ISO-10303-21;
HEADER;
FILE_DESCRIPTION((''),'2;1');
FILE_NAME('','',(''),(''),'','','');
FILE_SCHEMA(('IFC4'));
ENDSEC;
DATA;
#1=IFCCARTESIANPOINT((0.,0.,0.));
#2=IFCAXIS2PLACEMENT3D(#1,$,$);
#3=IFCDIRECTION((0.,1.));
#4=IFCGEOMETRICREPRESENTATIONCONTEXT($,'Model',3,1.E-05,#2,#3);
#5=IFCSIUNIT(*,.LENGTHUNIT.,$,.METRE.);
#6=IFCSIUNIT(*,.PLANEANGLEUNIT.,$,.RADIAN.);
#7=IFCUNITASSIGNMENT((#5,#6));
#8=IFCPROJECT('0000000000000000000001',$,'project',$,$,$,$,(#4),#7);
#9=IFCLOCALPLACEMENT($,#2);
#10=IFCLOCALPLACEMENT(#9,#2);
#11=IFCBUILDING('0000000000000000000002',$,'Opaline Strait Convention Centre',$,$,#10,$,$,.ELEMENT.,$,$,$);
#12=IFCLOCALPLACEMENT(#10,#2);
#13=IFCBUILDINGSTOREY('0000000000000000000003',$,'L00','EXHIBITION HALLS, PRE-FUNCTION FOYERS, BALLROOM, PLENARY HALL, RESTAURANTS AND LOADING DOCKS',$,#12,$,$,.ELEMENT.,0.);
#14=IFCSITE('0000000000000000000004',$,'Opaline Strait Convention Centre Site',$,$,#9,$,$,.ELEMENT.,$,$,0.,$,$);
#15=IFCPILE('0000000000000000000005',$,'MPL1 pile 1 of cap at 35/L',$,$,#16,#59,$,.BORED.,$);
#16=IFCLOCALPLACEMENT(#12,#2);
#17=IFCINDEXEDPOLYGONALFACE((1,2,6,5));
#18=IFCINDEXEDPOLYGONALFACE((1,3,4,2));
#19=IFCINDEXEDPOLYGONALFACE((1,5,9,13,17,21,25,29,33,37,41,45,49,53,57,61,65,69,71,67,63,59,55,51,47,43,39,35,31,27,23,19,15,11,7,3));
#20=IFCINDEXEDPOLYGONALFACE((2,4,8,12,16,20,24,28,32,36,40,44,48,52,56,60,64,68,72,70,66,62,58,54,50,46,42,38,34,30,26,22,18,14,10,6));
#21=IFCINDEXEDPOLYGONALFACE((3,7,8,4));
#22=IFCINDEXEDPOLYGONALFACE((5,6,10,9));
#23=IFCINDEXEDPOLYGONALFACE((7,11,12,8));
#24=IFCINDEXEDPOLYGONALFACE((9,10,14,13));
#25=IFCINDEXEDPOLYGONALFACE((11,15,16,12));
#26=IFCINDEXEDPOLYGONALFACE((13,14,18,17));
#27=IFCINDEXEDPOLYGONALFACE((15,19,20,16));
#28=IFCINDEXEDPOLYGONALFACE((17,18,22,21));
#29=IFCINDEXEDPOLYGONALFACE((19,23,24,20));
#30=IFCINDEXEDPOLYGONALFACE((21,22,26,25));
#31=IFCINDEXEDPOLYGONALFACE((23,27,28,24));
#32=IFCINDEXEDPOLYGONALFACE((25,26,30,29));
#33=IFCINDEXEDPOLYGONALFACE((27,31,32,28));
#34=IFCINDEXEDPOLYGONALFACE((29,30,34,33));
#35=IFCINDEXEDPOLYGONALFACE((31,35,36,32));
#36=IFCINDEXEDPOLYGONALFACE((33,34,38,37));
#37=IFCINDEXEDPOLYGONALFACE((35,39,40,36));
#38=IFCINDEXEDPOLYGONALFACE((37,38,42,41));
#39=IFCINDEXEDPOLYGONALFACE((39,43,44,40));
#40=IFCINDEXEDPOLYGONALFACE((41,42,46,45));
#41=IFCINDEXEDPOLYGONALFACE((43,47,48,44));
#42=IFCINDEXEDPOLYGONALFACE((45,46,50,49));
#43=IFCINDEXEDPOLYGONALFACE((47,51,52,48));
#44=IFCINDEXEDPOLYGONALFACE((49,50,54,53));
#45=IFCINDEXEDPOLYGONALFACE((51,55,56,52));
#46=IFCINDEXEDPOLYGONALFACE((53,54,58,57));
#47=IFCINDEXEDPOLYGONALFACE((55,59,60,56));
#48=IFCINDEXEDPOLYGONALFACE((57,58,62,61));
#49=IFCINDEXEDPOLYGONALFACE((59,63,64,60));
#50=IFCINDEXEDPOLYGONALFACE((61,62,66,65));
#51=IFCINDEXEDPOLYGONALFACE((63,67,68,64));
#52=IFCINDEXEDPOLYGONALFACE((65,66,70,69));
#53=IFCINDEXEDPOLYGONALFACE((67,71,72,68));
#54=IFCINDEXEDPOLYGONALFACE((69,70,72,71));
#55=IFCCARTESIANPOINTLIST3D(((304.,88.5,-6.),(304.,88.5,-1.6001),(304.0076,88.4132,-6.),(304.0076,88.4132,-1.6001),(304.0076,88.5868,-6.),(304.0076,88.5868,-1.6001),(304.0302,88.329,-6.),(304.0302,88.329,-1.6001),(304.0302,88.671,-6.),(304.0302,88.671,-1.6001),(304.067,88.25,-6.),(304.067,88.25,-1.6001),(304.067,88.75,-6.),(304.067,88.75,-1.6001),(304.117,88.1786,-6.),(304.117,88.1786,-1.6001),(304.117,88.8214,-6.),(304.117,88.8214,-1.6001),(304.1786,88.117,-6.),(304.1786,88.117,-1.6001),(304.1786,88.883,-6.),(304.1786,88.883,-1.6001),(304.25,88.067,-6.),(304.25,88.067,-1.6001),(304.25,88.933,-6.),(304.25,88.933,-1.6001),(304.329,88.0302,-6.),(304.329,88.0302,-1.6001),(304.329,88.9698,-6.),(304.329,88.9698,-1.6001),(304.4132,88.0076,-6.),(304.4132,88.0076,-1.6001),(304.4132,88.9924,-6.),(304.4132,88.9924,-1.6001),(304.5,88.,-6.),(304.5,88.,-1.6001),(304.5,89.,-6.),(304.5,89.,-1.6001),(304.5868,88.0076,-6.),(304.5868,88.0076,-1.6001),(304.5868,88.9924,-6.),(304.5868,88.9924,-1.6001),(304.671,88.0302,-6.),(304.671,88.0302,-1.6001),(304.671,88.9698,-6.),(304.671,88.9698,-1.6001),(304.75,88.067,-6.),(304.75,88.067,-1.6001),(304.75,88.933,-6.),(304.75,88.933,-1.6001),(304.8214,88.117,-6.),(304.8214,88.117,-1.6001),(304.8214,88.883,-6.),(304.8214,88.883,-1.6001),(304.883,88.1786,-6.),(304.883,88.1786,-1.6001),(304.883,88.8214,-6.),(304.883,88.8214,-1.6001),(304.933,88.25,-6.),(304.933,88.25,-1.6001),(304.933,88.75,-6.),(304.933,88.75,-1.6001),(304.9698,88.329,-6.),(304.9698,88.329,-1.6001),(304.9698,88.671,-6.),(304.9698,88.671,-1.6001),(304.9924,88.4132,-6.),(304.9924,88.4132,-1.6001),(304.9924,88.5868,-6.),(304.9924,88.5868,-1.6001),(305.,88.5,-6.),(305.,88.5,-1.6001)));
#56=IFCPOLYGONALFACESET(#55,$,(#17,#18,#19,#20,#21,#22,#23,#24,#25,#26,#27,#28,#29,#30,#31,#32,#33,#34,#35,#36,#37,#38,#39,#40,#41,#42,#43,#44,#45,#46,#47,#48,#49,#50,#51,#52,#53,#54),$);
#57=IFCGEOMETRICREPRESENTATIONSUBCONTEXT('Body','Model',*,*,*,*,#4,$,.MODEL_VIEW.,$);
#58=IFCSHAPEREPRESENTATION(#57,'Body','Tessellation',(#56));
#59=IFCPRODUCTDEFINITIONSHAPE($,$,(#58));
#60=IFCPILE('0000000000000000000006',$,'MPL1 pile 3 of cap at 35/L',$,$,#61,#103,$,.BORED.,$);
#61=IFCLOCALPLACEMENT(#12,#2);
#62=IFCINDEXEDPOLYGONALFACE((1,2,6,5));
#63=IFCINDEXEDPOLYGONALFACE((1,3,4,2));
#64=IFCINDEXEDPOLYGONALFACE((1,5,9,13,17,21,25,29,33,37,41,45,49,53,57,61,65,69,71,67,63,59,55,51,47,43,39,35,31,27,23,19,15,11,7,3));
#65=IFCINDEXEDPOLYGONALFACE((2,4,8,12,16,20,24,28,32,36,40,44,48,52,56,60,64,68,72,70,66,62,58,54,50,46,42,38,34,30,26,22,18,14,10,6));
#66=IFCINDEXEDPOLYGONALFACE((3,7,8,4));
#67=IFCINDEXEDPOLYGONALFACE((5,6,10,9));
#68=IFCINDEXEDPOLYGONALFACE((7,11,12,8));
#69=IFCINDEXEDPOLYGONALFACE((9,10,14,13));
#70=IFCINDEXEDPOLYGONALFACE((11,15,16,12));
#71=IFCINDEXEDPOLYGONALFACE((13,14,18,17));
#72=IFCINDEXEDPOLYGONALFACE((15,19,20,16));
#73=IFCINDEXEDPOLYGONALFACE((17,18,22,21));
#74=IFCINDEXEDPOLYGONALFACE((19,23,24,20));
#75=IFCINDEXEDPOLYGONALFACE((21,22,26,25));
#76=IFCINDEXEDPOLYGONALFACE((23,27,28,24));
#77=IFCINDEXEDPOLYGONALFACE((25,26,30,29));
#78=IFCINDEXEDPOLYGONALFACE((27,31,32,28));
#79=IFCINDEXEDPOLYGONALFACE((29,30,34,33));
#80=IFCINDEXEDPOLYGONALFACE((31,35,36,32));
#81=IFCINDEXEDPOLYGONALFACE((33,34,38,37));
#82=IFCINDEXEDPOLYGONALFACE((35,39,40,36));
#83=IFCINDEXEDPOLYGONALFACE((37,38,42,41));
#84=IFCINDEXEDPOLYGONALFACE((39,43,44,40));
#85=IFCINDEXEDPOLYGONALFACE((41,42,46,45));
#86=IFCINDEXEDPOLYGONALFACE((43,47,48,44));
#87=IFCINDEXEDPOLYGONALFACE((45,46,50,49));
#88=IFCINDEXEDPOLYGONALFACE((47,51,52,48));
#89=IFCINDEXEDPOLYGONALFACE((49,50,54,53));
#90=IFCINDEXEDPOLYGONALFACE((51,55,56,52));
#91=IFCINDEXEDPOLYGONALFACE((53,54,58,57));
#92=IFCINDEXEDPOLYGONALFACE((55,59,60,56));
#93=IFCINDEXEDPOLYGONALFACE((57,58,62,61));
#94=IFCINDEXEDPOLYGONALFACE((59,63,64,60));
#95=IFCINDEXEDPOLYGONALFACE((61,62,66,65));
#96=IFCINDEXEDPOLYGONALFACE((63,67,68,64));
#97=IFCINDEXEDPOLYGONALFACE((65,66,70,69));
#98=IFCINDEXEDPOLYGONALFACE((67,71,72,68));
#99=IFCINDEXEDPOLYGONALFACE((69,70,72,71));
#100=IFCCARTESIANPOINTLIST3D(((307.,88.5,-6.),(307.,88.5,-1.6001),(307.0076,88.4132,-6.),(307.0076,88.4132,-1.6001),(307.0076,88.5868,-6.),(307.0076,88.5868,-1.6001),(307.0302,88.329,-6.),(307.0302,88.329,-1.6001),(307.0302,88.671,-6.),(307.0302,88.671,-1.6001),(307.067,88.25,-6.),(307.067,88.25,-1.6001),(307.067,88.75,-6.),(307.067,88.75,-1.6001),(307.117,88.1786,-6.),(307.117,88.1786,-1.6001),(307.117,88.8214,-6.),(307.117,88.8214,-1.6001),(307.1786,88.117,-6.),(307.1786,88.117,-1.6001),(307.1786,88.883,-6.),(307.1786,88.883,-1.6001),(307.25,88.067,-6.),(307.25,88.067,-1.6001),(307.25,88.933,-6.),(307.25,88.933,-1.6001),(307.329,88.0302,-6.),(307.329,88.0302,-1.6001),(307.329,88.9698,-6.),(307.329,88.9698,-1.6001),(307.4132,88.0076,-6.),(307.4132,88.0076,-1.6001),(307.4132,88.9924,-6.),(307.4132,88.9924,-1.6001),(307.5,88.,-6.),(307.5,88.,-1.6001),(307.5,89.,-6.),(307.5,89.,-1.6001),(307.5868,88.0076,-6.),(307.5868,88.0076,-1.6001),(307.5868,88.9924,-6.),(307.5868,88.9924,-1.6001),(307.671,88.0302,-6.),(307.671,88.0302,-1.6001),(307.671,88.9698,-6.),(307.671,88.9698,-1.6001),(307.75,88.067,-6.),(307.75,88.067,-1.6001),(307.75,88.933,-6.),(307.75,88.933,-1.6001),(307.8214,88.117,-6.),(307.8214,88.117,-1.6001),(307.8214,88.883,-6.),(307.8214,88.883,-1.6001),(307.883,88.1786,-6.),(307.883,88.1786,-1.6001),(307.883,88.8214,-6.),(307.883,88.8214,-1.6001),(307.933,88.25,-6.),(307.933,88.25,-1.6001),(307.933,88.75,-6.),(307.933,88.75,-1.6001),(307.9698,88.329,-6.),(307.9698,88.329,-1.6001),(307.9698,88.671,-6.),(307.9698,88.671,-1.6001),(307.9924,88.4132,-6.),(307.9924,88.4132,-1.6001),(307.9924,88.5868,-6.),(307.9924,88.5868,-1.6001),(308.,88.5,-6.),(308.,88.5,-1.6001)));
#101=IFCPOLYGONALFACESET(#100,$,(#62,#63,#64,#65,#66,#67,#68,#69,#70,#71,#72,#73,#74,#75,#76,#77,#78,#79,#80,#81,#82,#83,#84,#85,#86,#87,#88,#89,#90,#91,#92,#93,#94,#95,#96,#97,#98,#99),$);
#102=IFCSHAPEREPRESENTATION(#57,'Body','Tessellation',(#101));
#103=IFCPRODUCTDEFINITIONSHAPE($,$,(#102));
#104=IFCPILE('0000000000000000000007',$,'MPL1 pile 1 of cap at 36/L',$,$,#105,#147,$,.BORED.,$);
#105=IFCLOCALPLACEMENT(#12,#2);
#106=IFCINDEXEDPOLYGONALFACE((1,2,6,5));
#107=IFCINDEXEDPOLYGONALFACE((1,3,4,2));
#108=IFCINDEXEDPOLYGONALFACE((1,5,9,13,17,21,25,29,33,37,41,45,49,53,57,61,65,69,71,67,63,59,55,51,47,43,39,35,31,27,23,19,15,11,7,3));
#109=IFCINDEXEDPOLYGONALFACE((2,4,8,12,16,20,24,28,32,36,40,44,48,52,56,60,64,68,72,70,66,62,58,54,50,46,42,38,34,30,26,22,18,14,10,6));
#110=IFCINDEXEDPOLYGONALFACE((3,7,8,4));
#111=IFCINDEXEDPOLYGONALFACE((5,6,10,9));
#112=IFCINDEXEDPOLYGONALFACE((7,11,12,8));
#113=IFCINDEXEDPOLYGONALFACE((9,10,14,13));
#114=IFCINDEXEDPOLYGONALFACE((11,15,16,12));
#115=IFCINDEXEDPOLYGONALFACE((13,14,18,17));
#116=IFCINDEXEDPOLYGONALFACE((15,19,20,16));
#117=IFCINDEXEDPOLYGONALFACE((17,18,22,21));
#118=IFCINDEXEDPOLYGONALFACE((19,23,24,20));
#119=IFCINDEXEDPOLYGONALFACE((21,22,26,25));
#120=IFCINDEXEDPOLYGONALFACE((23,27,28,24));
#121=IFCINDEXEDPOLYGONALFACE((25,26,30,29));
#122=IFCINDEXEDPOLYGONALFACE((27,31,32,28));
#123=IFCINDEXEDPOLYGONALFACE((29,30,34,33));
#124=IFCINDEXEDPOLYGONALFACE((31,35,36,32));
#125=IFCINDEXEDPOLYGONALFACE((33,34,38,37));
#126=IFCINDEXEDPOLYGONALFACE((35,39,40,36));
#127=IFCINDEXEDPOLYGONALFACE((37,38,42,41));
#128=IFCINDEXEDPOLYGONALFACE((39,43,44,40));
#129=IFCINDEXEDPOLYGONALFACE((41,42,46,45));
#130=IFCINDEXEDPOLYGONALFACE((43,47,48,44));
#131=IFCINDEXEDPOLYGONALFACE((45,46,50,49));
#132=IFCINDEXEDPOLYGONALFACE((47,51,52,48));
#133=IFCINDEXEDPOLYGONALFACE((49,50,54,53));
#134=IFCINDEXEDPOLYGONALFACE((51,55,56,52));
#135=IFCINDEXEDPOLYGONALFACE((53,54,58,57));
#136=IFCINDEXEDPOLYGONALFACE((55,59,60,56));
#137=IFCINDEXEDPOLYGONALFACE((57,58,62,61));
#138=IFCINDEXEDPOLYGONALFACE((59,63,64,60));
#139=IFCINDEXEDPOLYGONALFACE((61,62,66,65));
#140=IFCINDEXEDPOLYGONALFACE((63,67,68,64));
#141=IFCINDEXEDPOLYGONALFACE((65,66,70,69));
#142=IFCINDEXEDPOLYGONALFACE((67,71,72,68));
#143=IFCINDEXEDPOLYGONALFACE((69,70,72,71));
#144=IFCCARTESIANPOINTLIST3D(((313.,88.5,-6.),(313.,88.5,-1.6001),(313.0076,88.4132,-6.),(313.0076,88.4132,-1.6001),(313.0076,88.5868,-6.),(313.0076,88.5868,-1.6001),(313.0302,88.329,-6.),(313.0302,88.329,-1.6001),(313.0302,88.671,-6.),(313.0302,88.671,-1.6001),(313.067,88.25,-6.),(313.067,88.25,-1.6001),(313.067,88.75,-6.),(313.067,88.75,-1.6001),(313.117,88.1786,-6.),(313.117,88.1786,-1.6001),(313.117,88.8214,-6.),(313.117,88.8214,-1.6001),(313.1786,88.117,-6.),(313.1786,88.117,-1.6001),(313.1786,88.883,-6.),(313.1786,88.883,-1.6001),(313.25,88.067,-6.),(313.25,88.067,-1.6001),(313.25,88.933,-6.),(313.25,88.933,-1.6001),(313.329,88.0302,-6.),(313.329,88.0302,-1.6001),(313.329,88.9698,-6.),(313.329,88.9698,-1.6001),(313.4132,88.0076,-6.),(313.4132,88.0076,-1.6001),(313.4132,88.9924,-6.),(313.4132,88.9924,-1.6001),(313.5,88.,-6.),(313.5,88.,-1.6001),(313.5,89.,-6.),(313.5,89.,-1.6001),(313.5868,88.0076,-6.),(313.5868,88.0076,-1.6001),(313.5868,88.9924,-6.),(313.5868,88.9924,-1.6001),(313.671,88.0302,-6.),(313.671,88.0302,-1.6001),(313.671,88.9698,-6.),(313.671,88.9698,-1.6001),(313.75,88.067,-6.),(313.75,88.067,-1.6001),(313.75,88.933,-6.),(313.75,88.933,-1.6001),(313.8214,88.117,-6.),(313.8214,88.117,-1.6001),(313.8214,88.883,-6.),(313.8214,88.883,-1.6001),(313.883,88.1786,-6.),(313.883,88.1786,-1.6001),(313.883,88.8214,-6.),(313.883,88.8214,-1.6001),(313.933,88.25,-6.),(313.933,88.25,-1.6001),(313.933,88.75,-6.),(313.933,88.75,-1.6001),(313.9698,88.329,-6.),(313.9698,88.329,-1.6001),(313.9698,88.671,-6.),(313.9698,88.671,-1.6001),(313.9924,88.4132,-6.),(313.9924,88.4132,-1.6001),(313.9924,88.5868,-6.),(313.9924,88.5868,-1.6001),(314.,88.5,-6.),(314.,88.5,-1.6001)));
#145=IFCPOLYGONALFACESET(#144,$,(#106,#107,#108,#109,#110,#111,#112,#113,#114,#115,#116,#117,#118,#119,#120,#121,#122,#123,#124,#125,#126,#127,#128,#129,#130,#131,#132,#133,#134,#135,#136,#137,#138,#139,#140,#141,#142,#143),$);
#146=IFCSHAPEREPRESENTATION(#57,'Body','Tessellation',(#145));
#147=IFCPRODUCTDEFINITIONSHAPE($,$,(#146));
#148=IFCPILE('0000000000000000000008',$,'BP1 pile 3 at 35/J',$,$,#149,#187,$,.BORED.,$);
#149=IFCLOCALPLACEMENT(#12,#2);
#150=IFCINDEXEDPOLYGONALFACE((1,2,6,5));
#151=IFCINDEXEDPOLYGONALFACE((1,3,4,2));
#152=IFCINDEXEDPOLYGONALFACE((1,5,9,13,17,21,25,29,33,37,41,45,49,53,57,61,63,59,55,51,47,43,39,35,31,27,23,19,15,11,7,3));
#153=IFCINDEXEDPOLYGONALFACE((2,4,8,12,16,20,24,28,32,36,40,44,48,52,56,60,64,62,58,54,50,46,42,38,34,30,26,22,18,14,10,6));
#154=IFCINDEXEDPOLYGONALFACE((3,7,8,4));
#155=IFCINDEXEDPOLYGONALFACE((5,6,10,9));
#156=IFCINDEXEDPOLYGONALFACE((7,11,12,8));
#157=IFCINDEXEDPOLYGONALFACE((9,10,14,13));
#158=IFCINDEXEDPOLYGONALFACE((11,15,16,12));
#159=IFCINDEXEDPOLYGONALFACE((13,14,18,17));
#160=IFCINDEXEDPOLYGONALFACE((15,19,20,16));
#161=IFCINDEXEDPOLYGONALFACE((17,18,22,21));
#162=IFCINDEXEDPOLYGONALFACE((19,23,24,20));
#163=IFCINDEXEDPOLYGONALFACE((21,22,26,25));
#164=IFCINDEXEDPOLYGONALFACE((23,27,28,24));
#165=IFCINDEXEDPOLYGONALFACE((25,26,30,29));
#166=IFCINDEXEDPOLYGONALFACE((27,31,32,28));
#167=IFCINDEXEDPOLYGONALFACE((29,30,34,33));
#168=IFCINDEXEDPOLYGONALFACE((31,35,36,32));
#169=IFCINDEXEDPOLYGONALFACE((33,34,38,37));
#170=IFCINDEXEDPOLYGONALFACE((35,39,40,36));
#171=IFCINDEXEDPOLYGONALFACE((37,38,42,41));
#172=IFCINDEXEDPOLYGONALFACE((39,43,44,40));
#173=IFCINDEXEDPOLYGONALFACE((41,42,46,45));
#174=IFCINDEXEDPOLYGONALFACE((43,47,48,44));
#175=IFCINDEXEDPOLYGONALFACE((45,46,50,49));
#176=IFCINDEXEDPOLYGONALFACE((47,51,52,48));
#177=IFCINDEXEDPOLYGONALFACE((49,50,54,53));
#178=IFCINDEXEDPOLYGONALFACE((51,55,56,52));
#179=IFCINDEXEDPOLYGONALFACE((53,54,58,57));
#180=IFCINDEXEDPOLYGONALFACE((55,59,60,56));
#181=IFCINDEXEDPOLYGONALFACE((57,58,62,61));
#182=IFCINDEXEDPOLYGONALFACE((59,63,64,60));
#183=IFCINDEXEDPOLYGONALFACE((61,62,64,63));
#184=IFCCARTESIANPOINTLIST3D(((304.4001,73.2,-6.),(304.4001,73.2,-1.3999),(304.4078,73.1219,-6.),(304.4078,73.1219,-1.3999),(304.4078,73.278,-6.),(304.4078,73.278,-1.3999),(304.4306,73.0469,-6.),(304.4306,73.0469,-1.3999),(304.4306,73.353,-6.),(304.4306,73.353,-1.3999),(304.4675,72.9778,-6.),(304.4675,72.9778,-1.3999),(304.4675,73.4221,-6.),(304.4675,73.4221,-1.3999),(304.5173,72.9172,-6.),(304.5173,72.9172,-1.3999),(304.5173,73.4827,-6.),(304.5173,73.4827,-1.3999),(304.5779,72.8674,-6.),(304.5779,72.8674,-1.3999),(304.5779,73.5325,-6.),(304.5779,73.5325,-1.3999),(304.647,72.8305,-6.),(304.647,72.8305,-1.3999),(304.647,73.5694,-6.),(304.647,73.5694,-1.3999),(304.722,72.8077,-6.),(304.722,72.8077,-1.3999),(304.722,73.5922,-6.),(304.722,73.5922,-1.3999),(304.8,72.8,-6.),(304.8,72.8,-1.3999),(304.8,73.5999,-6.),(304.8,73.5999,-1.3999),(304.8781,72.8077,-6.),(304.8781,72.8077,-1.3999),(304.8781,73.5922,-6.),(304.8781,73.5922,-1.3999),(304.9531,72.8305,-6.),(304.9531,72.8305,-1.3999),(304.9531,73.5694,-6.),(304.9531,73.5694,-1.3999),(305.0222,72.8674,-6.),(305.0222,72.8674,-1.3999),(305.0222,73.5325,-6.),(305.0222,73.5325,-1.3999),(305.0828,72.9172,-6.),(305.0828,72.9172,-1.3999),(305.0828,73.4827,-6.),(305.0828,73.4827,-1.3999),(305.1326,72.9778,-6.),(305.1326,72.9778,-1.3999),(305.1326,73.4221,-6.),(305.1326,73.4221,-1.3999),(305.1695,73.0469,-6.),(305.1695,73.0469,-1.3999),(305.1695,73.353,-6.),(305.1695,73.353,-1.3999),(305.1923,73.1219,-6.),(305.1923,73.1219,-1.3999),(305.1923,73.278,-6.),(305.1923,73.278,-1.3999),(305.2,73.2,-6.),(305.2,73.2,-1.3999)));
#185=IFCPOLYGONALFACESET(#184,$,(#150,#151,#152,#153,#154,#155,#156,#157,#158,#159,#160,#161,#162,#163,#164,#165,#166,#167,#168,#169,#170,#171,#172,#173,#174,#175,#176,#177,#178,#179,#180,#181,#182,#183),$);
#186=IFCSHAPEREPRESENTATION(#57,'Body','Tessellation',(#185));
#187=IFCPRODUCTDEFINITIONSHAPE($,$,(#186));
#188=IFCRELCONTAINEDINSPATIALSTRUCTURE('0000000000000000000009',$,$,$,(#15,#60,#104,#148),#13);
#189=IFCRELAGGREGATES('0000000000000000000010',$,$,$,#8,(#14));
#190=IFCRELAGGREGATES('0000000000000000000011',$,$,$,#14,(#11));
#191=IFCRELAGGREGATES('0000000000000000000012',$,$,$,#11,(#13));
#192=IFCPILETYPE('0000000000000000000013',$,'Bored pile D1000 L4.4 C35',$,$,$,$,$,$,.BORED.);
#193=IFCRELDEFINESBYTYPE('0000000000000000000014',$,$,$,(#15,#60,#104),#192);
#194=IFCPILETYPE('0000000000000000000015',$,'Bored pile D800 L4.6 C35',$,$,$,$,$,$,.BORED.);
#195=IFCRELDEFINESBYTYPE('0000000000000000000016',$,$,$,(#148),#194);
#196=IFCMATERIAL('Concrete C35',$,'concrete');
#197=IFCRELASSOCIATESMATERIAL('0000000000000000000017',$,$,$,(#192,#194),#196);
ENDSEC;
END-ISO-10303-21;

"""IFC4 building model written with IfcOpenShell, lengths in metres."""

from ifc_helpers import new_model, si_unit, direction, frame, origin, origin_2d, place, context, subcontext, project, spatial, circle, extrude, material, material_profile, profile_set, type_object, element, save


model = new_model("IFC4")

# Units and contexts
model_context = context("Model", 3, precision=1e-05, world=origin(), true_north=direction((0.0, 1.0)))
body_context = subcontext(model_context, "Body", "Model", "MODEL_VIEW")
ifc_project = project(units=[si_unit("LENGTHUNIT", "METRE"), si_unit("PLANEANGLEUNIT", "RADIAN")], contexts=[model_context])

# Site, building, storey
site_placement = place(None, origin())
site = spatial("IfcSite", under=ifc_project, at=site_placement, Name="Opaline Strait Convention Centre Site", CompositionType="ELEMENT", RefElevation=0.0)
building_placement = place(site_placement, origin())
building = spatial("IfcBuilding", under=site, at=building_placement, Name="Opaline Strait Convention Centre", CompositionType="ELEMENT")
storey_placement = place(building_placement, origin())
storey = spatial("IfcBuildingStorey", under=building, at=storey_placement, Name="L00", Description="EXHIBITION HALLS, PRE-FUNCTION FOYERS, BALLROOM, PLENARY HALL, RESTAURANTS AND LOADING DOCKS", CompositionType="ELEMENT", Elevation=0.0)

# Piles
ifc_material_1 = material(Name="Concrete C35", Category="concrete")
ifc_material_profile_1 = material_profile(ifc_material_1, circle(Radius=0.5, at=origin_2d()), Name="D1000")
ifc_profile_set_1 = profile_set([ifc_material_profile_1], Name="Concrete C35")
pile_type_1 = type_object("IfcPileType", Name="Bored pile D1000 L4.4 C35", PredefinedType="BORED", material=ifc_profile_set_1)
for number, where, z_axis, x_axis, name in (
    (1, (304.5, 88.5, -1.6001), (0.0, 0.0, -1.0), (1.0, 0.0, 0.0), "MPL1 pile 1 of cap at 35/L"),
    (2, (307.5, 88.5, -1.6001), (0.0, 0.0, -1.0), (1.0, 0.0, 0.0), "MPL1 pile 3 of cap at 35/L"),
    (3, (313.5, 88.5, -1.6001), (0.0, 0.0, -1.0), (1.0, 0.0, 0.0), "MPL1 pile 1 of cap at 36/L"),
):
    element("IfcPile", number, at=place(storey_placement, frame(where, z_axis=z_axis, x_axis=x_axis)), inside=storey, type_object=pile_type_1, Name=name, PredefinedType="BORED", context=body_context, shape_type="SweptSolid", body=[
        extrude(circle(Radius=0.5, at=origin_2d()), origin(), (0.0, 0.0, 1.0), 4.3999),
    ])
ifc_material_profile_2 = material_profile(ifc_material_1, circle(Radius=0.3999, at=origin_2d()), Name="D800")
ifc_profile_set_2 = profile_set([ifc_material_profile_2], Name="Concrete C35")
pile_type_2 = type_object("IfcPileType", Name="Bored pile D800 L4.6 C35", PredefinedType="BORED", material=ifc_profile_set_2)
for number, where, z_axis, x_axis, name in (
    (4, (304.8, 73.2, -1.3999), (0.0, 0.0, -1.0), (1.0, 0.0, 0.0), "BP1 pile 3 at 35/J"),
):
    element("IfcPile", number, at=place(storey_placement, frame(where, z_axis=z_axis, x_axis=x_axis)), inside=storey, type_object=pile_type_2, Name=name, PredefinedType="BORED", context=body_context, shape_type="SweptSolid", body=[
        extrude(circle(Radius=0.3999, at=origin_2d()), origin(), (0.0, 0.0, 1.0), 4.6001),
    ])

save(model, "model.ifc")
